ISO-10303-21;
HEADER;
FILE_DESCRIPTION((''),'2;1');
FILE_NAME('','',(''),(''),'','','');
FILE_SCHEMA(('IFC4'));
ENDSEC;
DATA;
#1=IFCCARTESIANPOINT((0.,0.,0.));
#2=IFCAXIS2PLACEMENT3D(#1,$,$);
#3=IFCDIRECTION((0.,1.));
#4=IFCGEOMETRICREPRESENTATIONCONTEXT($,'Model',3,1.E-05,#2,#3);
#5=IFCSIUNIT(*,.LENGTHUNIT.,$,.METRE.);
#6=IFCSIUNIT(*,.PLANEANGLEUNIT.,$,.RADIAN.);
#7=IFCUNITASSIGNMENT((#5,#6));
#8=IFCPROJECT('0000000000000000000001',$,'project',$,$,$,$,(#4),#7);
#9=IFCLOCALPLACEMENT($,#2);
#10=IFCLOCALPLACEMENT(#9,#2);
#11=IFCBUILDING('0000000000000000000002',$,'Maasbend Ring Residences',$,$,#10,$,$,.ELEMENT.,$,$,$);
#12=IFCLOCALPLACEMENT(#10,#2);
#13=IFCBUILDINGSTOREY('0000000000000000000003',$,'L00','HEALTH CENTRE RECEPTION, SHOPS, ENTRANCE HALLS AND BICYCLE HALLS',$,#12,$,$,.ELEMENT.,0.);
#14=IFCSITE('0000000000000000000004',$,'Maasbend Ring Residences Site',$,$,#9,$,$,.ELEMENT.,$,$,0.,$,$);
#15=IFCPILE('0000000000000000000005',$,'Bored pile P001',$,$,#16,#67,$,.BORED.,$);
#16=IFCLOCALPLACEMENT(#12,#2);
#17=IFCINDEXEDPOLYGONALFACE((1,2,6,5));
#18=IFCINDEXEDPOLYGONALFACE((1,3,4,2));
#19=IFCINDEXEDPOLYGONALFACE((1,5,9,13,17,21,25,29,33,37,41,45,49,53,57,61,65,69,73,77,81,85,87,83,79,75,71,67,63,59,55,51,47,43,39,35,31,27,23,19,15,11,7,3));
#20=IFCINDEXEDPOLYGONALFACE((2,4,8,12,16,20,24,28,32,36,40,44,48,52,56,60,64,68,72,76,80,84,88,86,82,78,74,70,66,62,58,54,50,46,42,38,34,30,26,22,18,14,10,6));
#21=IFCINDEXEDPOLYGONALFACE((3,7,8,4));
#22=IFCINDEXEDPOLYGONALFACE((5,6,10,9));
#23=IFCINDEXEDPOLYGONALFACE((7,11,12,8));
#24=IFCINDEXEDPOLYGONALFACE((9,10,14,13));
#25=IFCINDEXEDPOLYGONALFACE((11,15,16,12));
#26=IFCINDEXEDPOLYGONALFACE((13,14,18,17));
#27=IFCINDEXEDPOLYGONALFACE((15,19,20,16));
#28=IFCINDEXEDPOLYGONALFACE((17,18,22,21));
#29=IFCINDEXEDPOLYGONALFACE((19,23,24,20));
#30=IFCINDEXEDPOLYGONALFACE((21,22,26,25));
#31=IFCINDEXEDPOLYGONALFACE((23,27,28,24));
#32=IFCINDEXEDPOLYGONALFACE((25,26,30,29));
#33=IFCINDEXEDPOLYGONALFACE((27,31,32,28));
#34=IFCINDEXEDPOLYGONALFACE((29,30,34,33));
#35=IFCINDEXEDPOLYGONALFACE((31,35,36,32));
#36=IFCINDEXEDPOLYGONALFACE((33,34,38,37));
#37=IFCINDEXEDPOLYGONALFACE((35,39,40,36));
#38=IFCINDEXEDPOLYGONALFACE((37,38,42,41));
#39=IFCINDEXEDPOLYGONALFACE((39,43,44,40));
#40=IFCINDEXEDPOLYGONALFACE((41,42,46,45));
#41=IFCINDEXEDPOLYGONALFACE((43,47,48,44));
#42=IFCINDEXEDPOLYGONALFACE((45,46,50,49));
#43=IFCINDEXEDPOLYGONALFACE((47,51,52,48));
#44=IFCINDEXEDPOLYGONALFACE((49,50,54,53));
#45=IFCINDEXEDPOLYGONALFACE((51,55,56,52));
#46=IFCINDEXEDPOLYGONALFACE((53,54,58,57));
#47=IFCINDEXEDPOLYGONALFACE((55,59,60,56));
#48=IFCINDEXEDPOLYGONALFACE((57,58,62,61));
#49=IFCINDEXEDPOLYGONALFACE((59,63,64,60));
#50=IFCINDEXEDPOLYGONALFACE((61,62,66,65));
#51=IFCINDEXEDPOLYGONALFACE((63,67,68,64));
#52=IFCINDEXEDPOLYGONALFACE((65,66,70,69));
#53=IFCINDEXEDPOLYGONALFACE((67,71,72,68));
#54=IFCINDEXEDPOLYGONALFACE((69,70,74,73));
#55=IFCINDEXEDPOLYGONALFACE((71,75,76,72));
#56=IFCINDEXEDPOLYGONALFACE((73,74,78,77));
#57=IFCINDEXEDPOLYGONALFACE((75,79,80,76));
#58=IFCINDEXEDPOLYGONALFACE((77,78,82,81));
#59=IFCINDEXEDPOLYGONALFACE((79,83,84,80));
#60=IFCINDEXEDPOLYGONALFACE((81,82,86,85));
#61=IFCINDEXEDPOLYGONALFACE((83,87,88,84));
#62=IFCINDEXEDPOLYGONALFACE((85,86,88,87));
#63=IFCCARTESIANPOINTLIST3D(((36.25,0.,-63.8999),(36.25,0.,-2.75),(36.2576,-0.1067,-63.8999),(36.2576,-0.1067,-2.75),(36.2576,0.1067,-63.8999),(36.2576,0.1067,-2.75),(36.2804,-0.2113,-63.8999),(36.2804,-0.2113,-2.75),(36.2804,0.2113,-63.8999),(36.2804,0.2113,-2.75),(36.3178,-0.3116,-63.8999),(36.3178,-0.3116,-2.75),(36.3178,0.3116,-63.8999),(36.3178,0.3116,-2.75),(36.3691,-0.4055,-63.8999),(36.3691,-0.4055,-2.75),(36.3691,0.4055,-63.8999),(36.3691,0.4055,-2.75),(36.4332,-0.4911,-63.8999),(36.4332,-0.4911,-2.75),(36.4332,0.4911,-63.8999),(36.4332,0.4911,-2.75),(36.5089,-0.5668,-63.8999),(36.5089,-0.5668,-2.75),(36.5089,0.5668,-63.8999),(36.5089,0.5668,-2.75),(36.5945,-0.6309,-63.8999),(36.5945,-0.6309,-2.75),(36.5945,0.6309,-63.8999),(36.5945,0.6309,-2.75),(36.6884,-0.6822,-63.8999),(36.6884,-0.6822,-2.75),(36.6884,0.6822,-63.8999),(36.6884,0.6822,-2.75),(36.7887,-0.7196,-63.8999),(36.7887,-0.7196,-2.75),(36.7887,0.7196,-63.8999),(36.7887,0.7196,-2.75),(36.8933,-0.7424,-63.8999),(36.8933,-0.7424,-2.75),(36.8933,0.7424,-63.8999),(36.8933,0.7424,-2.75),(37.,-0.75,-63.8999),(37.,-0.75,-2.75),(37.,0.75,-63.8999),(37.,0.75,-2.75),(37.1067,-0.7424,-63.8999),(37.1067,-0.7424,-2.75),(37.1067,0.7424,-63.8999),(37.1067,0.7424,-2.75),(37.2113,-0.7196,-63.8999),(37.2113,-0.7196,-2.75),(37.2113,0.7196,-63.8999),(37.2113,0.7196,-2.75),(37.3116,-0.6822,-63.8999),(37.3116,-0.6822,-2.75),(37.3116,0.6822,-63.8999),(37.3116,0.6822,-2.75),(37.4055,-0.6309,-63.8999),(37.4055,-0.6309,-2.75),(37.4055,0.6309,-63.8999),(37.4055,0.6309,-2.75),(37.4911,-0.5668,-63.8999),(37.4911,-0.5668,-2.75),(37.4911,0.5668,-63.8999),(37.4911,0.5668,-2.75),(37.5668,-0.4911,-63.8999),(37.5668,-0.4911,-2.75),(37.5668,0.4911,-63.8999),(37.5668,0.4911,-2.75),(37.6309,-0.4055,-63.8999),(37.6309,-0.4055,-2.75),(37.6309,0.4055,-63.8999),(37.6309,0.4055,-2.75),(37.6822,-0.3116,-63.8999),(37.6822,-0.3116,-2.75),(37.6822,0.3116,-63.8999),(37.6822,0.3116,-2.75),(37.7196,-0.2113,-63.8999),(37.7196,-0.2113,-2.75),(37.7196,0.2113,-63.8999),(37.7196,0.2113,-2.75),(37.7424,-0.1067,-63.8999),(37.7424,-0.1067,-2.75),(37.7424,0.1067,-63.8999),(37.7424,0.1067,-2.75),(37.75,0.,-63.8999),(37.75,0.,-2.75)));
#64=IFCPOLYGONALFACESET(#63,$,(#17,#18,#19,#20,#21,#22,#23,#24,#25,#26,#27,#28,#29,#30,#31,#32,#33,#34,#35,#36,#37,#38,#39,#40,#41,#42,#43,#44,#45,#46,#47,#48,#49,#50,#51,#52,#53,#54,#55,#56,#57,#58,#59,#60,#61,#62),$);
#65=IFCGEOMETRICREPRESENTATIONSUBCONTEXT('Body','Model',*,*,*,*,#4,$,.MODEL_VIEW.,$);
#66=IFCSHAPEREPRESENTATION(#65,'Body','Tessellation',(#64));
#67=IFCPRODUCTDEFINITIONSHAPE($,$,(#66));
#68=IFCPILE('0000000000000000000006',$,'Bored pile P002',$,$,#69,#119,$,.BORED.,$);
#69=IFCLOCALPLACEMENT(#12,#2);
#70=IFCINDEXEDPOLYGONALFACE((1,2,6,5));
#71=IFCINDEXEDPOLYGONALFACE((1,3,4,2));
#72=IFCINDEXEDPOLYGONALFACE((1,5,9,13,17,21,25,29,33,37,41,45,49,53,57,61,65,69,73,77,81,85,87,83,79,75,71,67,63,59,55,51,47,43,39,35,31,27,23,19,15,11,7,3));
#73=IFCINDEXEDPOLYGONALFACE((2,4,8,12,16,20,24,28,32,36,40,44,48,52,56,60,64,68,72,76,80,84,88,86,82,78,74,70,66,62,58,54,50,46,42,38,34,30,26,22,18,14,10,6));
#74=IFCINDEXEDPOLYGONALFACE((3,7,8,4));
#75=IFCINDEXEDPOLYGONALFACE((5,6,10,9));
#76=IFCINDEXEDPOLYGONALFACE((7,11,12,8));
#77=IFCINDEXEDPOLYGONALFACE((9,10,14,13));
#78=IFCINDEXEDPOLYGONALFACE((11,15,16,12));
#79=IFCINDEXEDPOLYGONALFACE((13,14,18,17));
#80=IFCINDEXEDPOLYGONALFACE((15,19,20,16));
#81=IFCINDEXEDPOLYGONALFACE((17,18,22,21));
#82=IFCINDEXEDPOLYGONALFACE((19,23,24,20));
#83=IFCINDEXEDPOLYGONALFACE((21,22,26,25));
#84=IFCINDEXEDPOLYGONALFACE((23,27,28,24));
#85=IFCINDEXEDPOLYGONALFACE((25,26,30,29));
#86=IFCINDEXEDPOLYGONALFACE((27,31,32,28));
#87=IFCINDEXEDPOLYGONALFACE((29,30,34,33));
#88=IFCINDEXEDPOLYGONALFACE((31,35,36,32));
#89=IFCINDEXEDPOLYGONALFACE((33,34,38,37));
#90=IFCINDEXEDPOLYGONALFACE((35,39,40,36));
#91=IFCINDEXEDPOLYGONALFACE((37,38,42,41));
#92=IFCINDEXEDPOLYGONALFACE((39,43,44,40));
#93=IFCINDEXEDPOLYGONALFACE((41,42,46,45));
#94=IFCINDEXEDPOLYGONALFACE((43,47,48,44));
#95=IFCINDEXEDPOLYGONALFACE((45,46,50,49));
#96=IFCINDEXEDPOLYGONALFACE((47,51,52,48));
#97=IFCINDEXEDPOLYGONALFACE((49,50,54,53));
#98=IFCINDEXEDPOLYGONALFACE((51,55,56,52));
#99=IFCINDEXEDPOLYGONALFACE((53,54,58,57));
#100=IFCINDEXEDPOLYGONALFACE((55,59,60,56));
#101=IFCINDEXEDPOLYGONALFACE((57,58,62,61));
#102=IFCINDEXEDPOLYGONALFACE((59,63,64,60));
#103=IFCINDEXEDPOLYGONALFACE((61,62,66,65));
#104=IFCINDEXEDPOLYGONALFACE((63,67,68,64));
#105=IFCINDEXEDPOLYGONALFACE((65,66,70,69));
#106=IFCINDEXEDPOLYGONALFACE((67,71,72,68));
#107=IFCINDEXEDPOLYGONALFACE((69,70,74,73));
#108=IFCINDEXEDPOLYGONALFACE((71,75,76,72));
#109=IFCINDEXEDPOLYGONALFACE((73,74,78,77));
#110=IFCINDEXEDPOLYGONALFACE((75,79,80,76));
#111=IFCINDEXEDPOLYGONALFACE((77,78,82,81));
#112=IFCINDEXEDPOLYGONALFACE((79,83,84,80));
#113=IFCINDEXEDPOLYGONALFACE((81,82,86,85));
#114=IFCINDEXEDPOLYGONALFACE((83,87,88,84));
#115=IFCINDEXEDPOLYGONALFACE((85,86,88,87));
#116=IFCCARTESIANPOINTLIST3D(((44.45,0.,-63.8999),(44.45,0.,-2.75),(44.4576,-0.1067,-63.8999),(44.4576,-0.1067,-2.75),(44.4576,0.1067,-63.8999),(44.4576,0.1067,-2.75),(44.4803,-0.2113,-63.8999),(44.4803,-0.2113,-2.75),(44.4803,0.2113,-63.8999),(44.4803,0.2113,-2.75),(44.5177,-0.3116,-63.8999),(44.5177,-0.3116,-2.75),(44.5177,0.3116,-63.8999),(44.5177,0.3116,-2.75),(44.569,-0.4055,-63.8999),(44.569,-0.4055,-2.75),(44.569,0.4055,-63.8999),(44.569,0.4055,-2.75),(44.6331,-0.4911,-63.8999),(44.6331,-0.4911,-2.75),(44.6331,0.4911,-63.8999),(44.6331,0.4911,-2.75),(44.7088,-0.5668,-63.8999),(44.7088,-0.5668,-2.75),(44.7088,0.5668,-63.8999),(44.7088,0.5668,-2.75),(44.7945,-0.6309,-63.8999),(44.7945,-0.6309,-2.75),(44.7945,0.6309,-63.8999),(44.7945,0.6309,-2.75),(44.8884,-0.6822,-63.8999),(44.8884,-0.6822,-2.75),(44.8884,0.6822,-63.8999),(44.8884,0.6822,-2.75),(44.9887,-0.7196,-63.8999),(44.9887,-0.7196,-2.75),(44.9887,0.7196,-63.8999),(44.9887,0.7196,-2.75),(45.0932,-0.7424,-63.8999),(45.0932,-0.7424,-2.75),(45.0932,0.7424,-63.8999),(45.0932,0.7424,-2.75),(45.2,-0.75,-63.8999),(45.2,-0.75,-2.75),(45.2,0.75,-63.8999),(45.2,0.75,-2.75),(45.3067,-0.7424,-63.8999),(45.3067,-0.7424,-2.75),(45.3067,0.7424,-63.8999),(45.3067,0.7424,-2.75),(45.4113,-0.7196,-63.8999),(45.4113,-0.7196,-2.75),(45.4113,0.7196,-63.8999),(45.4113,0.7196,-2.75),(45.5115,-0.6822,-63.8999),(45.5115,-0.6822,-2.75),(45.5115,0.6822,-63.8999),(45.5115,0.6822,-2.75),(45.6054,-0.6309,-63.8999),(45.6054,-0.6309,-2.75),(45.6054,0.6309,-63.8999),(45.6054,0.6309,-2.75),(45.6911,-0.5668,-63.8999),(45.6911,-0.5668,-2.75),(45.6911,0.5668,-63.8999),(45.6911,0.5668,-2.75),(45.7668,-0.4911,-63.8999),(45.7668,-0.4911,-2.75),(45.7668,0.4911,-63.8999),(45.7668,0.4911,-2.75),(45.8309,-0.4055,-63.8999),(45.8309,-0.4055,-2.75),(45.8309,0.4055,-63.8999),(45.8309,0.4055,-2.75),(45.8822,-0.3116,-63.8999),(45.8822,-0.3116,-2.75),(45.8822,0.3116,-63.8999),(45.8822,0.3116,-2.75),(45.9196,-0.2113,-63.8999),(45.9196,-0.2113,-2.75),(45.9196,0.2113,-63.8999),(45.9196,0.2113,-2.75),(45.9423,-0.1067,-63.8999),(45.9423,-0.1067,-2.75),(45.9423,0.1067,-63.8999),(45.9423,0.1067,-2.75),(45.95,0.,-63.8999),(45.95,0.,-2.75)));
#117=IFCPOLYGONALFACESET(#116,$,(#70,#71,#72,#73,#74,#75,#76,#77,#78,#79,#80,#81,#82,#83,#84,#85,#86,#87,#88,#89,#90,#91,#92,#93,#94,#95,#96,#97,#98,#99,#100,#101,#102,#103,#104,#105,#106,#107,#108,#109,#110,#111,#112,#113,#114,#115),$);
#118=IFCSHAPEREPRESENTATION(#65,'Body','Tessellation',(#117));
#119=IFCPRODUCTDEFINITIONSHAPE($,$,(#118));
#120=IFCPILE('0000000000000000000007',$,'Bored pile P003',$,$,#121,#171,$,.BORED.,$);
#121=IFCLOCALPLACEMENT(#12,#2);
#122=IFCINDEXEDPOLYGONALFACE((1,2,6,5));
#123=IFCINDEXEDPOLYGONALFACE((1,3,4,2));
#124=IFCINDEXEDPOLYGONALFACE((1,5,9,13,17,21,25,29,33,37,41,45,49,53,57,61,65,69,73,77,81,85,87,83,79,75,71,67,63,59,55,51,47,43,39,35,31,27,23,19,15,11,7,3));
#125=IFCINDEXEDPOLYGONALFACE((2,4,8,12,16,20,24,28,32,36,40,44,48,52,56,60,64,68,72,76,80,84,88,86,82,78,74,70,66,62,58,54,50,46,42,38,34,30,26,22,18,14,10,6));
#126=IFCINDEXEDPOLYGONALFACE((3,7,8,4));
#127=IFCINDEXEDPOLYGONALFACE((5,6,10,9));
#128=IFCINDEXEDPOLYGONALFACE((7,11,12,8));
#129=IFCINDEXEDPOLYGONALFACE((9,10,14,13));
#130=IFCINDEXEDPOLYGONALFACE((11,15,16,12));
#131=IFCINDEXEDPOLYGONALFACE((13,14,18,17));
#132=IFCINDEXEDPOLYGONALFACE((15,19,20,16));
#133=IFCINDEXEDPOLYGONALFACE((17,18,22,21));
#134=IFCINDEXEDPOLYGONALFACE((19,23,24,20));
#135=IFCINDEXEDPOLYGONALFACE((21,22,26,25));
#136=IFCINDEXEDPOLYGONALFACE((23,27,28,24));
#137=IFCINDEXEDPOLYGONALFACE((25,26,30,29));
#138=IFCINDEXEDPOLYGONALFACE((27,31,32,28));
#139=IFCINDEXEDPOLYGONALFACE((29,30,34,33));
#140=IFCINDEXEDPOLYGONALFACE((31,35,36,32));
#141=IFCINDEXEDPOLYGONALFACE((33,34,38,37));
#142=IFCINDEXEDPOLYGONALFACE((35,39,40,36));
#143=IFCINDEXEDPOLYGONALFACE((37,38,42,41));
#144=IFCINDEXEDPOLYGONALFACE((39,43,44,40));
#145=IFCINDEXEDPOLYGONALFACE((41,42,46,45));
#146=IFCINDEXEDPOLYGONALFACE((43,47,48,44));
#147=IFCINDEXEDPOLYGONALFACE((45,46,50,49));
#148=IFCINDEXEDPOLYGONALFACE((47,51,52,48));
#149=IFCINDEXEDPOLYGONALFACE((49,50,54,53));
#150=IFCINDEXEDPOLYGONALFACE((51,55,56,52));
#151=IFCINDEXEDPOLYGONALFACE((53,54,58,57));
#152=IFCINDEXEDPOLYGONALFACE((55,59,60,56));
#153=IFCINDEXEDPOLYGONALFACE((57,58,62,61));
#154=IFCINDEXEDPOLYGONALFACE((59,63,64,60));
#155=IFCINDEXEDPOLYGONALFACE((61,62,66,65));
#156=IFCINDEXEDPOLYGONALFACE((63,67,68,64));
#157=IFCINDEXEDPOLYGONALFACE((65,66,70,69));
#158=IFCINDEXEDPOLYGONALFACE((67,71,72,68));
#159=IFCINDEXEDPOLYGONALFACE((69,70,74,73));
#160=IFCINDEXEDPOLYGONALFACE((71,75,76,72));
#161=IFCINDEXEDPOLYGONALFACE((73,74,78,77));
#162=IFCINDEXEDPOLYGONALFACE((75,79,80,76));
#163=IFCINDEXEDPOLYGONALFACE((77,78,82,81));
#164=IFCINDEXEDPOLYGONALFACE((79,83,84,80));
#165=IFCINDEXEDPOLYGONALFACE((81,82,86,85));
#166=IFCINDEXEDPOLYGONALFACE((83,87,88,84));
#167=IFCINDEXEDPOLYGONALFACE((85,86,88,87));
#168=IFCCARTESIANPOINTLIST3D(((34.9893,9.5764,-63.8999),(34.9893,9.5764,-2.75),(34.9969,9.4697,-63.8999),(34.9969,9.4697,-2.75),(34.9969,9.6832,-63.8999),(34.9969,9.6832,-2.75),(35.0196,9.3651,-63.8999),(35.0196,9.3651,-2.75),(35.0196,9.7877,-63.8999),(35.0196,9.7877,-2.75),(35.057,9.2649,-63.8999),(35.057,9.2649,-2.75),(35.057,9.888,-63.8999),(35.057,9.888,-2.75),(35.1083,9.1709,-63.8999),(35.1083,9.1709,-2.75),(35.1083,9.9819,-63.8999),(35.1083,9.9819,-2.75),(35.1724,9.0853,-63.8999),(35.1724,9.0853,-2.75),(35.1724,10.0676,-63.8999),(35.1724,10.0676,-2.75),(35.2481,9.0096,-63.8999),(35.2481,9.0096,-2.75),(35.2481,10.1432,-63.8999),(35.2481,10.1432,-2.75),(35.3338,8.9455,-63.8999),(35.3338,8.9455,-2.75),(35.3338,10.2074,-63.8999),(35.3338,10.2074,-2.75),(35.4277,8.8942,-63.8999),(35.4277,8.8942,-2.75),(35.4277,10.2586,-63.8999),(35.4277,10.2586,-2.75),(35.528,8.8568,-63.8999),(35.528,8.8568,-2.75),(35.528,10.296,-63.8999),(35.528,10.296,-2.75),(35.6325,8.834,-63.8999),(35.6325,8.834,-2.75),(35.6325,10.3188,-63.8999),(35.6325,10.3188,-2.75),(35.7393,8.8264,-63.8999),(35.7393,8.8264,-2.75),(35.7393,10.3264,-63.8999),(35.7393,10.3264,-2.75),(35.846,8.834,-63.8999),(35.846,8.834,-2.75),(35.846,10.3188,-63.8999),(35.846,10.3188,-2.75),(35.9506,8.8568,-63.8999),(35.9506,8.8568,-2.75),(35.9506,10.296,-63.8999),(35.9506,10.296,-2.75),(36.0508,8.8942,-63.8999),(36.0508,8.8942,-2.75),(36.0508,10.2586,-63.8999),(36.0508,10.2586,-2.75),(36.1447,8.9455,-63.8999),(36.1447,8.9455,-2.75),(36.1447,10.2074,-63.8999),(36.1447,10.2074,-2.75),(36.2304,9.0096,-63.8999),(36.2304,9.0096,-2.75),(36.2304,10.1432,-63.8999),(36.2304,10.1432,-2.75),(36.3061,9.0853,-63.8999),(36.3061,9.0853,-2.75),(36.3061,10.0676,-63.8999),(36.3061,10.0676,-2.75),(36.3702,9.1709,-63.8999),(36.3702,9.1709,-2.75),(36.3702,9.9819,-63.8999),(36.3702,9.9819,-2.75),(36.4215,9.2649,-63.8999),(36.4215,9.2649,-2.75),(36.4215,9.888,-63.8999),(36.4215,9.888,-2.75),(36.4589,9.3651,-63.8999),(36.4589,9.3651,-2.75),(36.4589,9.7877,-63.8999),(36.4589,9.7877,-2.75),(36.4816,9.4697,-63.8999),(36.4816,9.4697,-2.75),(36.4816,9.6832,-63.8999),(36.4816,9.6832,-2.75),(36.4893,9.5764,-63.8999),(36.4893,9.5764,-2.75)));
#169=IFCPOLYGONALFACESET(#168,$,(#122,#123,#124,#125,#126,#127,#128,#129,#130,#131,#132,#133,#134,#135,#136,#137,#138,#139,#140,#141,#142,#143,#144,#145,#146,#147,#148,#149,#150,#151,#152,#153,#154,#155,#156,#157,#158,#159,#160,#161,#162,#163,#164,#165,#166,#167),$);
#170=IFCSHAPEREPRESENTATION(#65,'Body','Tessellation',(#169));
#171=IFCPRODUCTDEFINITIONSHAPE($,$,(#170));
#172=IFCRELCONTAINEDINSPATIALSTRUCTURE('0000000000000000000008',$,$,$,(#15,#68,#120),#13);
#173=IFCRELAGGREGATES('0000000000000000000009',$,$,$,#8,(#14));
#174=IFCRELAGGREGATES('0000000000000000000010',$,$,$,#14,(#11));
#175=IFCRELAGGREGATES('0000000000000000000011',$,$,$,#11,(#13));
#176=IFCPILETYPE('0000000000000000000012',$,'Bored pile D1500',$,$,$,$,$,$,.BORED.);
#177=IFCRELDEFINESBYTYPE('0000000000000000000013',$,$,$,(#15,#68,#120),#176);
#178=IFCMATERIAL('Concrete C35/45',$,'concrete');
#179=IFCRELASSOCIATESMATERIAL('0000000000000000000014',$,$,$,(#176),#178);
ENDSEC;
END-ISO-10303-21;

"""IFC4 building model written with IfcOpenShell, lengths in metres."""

from ifc_helpers import new_model, si_unit, direction, frame, origin, origin_2d, place, context, subcontext, project, spatial, circle, extrude, material, material_profile, profile_set, type_object, element, save


model = new_model("IFC4")

# Units and contexts
model_context = context("Model", 3, precision=1e-05, world=origin(), true_north=direction((0.0, 1.0)))
body_context = subcontext(model_context, "Body", "Model", "MODEL_VIEW")
ifc_project = project(units=[si_unit("LENGTHUNIT", "METRE"), si_unit("PLANEANGLEUNIT", "RADIAN")], contexts=[model_context])

# Site, building, storey
site_placement = place(None, origin())
site = spatial("IfcSite", under=ifc_project, at=site_placement, Name="Maasbend Ring Residences Site", CompositionType="ELEMENT", RefElevation=0.0)
building_placement = place(site_placement, origin())
building = spatial("IfcBuilding", under=site, at=building_placement, Name="Maasbend Ring Residences", CompositionType="ELEMENT")
storey_placement = place(building_placement, origin())
storey = spatial("IfcBuildingStorey", under=building, at=storey_placement, Name="L00", Description="HEALTH CENTRE RECEPTION, SHOPS, ENTRANCE HALLS AND BICYCLE HALLS", CompositionType="ELEMENT", Elevation=0.0)

# Piles
ifc_material_1 = material(Name="Concrete C35/45", Category="concrete")
ifc_material_profile_1 = material_profile(ifc_material_1, circle(Radius=0.75, at=origin_2d()), Name="Bored pile D1500")
ifc_profile_set_1 = profile_set([ifc_material_profile_1], Name="Concrete C35/45")
pile_type = type_object("IfcPileType", Name="Bored pile D1500", PredefinedType="BORED", material=ifc_profile_set_1)
for number, where, z_axis, x_axis, name in (
    (1, (37.0, 0.0, -2.75), (0.0, 0.0, -1.0), (1.0, 0.0, 0.0), "Bored pile P001"),
    (2, (45.2, 0.0, -2.75), (0.0, 0.0, -1.0), (1.0, 0.0, 0.0), "Bored pile P002"),
    (3, (35.7393, 9.5764, -2.75), (0.0, 0.0, -1.0), (1.0, 0.0, 0.0), "Bored pile P003"),
):
    element("IfcPile", number, at=place(storey_placement, frame(where, z_axis=z_axis, x_axis=x_axis)), inside=storey, type_object=pile_type, Name=name, PredefinedType="BORED", context=body_context, shape_type="SweptSolid", body=[
        extrude(circle(Radius=0.75, at=origin_2d()), origin(), (0.0, 0.0, 1.0), 61.1499),
    ])

save(model, "model.ifc")
